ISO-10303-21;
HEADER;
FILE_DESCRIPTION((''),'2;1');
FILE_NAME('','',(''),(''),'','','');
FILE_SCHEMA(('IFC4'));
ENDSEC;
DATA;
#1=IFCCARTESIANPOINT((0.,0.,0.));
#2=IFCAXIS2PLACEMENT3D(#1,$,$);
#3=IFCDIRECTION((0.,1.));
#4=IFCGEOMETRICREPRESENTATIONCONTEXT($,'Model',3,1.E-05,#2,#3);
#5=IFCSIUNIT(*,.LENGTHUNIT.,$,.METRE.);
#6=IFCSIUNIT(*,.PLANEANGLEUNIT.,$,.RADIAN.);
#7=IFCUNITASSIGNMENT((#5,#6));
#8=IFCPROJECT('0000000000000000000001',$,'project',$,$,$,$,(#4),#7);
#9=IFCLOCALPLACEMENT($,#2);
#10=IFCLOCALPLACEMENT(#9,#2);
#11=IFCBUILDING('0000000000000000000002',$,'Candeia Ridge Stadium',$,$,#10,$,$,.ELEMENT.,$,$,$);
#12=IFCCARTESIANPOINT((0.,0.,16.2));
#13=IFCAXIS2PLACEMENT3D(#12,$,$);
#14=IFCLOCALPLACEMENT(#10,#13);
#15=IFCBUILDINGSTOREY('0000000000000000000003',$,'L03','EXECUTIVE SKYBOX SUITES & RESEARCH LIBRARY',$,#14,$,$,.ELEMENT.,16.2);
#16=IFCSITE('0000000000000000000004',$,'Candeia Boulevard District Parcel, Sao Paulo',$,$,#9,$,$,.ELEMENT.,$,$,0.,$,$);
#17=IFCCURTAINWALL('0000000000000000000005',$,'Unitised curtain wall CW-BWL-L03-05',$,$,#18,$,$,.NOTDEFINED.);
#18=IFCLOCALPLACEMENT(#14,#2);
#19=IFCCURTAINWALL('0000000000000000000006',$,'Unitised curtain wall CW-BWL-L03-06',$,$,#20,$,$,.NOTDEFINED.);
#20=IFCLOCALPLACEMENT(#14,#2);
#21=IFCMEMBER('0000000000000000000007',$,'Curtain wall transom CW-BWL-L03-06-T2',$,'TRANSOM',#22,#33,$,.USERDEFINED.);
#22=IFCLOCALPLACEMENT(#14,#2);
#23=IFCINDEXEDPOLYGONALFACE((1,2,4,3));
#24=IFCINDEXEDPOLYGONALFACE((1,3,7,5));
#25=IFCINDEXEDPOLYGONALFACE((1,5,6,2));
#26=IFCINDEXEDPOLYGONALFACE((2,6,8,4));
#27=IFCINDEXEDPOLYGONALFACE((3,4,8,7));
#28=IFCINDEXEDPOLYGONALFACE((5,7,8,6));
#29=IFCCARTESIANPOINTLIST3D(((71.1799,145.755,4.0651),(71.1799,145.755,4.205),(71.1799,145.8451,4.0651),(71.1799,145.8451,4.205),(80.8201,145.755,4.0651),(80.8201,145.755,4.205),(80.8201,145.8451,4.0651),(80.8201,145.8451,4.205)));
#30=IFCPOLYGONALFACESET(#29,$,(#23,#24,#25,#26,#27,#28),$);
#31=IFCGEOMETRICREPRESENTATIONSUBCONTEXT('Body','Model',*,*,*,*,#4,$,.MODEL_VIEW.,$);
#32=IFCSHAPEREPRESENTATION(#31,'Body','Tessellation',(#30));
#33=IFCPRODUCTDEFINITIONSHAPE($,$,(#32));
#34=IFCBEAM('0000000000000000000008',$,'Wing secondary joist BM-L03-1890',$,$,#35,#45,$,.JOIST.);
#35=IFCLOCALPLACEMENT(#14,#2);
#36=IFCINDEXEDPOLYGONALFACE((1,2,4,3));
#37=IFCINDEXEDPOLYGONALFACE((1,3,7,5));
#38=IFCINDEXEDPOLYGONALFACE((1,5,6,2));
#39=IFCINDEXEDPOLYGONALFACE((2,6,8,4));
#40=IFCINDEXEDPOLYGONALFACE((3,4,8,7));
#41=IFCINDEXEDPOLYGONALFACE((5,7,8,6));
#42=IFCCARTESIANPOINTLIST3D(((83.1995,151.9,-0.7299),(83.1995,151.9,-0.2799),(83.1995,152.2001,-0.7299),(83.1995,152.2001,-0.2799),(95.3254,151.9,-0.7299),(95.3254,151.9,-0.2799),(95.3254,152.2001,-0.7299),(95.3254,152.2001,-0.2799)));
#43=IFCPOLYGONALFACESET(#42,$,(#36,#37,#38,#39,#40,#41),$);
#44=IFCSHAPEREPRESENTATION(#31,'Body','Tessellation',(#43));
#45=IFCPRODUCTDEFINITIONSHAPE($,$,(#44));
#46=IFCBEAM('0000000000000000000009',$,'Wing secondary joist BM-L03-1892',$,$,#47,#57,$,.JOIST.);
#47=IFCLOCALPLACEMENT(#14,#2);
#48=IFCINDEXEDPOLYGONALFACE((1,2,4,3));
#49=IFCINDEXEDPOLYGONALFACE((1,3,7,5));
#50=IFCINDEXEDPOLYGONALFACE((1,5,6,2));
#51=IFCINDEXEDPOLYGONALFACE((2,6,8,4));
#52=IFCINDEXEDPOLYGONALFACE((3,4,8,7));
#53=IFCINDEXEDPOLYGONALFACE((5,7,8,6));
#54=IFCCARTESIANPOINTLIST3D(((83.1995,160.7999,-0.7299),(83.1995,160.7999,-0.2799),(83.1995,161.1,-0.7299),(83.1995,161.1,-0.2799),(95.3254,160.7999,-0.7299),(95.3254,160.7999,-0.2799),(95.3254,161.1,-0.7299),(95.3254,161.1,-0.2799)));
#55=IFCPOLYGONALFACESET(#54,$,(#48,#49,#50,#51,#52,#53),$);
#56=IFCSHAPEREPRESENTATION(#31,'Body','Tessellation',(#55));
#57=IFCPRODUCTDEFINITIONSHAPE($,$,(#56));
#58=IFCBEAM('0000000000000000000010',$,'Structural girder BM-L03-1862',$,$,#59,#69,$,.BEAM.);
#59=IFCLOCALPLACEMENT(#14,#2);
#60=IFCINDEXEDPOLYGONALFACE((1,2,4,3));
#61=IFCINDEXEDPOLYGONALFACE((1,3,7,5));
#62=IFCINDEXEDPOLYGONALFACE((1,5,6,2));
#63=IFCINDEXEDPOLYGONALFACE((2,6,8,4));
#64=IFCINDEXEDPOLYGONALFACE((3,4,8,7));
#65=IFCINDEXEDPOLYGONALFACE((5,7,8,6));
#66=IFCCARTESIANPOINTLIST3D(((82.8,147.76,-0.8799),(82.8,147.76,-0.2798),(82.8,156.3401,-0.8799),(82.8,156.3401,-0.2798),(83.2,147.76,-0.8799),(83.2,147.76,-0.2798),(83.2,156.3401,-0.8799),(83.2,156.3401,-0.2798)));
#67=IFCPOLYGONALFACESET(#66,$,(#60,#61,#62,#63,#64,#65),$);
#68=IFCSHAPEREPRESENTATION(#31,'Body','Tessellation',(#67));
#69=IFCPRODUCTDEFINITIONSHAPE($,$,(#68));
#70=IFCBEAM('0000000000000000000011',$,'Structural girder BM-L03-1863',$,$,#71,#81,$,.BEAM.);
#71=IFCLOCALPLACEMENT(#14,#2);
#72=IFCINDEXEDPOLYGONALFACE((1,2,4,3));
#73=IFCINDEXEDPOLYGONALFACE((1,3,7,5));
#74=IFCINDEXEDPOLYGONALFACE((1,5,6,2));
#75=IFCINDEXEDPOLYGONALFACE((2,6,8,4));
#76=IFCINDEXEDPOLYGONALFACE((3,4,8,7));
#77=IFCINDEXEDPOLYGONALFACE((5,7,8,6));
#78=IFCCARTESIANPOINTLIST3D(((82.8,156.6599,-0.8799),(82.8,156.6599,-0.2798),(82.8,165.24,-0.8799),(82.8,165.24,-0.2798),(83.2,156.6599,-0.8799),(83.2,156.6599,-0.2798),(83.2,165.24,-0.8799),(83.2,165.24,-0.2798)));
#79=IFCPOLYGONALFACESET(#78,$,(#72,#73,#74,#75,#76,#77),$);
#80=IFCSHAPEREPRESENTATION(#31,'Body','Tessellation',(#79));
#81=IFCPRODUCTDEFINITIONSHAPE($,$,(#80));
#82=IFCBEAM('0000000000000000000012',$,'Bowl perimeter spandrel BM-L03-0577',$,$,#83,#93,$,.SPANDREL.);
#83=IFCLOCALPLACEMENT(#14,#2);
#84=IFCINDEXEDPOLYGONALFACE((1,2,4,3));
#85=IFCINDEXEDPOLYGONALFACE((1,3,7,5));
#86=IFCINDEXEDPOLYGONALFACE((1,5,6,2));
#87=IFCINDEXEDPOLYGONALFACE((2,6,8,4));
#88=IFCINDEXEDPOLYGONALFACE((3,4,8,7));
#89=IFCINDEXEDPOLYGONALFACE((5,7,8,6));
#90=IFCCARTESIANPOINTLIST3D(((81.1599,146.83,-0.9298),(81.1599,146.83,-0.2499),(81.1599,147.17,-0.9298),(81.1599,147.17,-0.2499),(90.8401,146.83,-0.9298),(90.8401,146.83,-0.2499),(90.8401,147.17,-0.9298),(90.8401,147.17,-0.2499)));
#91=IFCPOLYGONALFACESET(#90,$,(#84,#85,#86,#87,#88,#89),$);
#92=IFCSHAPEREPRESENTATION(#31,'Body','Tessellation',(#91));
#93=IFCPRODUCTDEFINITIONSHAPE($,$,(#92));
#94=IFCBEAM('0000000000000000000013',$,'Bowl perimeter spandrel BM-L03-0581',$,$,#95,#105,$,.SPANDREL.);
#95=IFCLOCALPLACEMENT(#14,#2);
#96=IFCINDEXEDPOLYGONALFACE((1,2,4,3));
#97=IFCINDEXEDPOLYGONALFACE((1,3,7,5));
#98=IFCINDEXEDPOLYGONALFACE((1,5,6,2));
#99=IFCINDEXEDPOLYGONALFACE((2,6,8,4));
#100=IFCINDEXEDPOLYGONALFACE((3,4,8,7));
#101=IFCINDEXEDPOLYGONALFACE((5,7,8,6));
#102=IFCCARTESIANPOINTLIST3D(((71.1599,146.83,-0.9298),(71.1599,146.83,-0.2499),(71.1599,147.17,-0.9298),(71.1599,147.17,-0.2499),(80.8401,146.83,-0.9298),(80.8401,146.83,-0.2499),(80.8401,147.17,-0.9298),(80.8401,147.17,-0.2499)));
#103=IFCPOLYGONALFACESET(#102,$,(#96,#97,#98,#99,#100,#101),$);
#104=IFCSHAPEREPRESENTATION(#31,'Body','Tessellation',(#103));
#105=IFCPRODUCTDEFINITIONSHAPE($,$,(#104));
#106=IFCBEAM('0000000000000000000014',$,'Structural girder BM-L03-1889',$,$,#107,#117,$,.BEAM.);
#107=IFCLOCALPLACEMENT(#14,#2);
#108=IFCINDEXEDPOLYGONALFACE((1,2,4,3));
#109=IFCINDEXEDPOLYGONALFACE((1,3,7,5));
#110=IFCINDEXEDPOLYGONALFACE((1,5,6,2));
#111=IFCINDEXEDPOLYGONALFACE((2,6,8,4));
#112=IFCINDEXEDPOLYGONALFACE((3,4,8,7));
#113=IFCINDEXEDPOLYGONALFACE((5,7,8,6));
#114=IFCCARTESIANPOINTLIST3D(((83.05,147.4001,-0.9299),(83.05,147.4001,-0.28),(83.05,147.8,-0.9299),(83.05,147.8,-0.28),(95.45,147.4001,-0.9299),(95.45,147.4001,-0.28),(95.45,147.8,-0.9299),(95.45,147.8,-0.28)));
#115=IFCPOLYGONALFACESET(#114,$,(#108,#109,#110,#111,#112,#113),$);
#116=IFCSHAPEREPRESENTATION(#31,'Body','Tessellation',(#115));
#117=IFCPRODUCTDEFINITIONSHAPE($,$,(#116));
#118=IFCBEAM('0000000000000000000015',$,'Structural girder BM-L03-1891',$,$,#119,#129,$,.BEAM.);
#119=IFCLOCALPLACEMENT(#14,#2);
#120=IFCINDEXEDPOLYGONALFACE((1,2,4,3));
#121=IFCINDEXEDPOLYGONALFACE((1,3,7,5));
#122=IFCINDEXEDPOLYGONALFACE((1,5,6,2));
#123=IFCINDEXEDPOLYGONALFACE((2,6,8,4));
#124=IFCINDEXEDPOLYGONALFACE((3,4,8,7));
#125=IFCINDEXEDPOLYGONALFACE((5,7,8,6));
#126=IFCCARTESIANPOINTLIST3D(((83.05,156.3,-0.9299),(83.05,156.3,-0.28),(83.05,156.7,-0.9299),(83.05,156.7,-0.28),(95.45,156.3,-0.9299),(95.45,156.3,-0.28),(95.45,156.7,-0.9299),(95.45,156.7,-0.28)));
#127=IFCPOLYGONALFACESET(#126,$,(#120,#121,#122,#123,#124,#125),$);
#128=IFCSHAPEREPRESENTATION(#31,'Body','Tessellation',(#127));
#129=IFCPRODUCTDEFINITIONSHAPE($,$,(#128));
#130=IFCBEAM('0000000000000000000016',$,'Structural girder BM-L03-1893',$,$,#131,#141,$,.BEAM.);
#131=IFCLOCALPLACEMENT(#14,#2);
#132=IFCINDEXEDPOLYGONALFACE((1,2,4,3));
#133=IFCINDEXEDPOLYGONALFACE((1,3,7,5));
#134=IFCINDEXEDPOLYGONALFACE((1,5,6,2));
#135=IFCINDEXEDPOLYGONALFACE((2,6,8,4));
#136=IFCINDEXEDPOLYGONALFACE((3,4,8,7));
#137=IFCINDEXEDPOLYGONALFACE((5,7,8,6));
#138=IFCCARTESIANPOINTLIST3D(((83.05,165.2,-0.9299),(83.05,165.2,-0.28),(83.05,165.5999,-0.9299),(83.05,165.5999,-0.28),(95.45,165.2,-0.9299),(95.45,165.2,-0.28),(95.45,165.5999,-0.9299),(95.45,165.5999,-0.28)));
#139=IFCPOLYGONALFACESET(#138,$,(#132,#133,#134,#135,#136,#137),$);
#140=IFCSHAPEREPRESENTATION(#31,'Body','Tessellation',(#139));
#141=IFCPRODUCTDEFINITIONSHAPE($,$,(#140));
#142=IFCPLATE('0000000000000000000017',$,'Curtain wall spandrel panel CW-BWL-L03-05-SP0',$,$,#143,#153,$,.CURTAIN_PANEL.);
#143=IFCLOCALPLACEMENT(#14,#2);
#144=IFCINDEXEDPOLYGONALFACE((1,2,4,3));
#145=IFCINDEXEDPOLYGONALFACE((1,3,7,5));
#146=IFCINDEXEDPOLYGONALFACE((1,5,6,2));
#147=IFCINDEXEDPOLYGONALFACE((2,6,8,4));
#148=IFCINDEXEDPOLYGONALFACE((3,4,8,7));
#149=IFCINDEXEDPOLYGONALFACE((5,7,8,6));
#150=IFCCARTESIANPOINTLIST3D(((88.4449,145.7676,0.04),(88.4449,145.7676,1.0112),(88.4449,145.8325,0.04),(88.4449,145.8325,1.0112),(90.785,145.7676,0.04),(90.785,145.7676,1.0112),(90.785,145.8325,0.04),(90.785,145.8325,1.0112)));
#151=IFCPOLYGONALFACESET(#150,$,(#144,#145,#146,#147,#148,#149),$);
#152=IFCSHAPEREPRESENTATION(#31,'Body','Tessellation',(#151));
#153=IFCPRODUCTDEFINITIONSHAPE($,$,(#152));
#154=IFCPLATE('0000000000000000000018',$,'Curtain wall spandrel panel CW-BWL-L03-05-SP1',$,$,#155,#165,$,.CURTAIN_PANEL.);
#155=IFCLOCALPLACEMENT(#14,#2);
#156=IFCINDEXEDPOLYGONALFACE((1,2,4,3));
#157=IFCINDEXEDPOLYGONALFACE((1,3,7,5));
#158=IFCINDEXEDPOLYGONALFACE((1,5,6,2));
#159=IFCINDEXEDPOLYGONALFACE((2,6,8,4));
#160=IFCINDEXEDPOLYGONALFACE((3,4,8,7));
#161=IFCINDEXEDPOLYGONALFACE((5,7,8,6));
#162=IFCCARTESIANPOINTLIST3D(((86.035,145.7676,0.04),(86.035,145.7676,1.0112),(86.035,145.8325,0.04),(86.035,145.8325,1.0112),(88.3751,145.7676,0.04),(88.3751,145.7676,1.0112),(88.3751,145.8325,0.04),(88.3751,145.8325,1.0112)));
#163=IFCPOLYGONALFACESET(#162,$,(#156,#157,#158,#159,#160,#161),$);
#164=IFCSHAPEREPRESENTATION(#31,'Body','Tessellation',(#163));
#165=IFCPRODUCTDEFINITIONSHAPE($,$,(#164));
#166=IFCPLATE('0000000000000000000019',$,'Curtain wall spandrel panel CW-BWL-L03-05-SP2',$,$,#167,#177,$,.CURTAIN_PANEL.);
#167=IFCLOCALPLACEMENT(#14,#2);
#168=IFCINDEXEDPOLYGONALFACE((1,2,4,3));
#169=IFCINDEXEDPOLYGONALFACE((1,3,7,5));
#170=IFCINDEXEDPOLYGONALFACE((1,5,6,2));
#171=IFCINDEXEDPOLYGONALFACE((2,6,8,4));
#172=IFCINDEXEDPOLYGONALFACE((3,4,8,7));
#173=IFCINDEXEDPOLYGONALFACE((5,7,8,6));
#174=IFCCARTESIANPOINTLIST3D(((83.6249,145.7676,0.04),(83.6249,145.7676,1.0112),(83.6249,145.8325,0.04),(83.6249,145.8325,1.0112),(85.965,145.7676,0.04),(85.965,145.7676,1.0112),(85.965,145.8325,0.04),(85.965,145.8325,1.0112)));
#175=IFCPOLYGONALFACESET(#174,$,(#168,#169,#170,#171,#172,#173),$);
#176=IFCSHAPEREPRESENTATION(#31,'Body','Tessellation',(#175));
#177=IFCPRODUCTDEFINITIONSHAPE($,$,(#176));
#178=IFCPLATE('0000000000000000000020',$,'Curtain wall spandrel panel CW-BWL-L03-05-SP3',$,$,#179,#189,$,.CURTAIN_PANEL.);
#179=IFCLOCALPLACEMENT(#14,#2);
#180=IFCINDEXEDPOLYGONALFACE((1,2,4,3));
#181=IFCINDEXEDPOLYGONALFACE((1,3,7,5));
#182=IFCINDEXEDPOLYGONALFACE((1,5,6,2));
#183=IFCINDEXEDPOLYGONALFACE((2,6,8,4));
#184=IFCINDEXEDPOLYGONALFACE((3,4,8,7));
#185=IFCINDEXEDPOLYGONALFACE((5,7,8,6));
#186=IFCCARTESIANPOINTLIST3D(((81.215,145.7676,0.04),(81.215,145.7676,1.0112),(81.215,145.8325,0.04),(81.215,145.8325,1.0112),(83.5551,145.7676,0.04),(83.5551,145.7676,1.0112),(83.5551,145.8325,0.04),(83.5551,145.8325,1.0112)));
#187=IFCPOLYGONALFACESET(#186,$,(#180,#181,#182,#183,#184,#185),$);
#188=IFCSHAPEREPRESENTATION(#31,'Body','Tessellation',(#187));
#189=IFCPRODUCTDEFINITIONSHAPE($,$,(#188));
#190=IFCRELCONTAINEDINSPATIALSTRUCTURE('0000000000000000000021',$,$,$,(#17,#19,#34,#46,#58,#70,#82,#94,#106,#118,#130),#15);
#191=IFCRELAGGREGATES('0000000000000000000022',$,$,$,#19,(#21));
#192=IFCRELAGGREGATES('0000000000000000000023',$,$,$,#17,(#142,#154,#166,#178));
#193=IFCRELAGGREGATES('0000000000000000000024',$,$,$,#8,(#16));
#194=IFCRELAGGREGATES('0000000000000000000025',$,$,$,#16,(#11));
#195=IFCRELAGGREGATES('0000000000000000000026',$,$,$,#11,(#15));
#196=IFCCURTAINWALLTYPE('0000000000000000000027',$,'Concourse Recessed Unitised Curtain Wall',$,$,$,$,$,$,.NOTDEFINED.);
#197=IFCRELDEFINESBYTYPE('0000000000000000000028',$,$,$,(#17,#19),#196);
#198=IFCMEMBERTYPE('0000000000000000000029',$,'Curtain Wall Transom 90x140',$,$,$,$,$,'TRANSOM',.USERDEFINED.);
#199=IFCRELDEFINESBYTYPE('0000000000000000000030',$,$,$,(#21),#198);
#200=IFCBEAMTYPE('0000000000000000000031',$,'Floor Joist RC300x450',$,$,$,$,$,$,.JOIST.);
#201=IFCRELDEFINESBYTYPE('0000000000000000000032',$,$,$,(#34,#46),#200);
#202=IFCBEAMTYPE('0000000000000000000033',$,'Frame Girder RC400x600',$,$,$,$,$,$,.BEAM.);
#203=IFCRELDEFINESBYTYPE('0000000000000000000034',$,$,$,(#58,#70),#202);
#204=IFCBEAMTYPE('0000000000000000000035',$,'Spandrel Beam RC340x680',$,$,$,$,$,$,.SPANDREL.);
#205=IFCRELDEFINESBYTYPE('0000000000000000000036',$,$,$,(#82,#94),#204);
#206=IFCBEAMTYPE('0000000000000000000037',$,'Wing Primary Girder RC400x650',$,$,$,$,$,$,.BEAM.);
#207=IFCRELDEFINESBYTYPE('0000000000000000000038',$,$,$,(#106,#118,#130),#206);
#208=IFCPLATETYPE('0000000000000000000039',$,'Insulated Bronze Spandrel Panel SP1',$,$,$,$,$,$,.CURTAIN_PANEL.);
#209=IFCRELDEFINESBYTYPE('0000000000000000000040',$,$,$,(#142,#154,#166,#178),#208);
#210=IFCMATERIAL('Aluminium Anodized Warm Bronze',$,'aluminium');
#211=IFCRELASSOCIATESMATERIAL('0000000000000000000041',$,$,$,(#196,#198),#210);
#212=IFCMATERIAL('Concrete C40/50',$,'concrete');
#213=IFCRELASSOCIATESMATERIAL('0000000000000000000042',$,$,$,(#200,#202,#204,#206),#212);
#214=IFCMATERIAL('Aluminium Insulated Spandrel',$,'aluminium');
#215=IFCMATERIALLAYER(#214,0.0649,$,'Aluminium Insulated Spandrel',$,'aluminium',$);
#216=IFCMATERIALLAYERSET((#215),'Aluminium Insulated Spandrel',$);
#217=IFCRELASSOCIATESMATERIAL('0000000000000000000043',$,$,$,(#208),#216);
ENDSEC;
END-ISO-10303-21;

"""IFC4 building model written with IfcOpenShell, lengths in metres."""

from ifc_helpers import new_model, si_unit, direction, frame, origin, origin_2d, place, context, subcontext, project, spatial, rectangle, extrude, material, layer, layer_set, material_profile, profile_set, type_object, element, aggregate, save


model = new_model("IFC4")

# Units and contexts
model_context = context("Model", 3, precision=1e-05, world=origin(), true_north=direction((0.0, 1.0)))
body_context = subcontext(model_context, "Body", "Model", "MODEL_VIEW")
ifc_project = project(units=[si_unit("LENGTHUNIT", "METRE"), si_unit("PLANEANGLEUNIT", "RADIAN")], contexts=[model_context])

# Site, building, storey
site_placement = place(None, origin())
site = spatial("IfcSite", under=ifc_project, at=site_placement, Name="Candeia Boulevard District Parcel, Sao Paulo", CompositionType="ELEMENT", RefElevation=0.0)
building_placement = place(site_placement, origin())
building = spatial("IfcBuilding", under=site, at=building_placement, Name="Candeia Ridge Stadium", CompositionType="ELEMENT")
storey_placement = place(building_placement, frame((0.0, 0.0, 16.2)))
storey = spatial("IfcBuildingStorey", under=building, at=storey_placement, Name="L03", Description="EXECUTIVE SKYBOX SUITES & RESEARCH LIBRARY", CompositionType="ELEMENT", Elevation=16.2)

# Shared definitions
ifc_material_1 = material(Name="Concrete C40/50", Category="concrete")

# Shared definitions
ifc_material_2 = material(Name="Aluminium Anodized Warm Bronze", Category="aluminium")
curtain_wall_type = type_object("IfcCurtainWallType", Name="Concourse Recessed Unitised Curtain Wall", PredefinedType="NOTDEFINED", material=ifc_material_2)

# Curtain wall
curtain_wall_1_placement = place(storey_placement, origin())
curtain_wall_1 = element("IfcCurtainWall", 1, at=curtain_wall_1_placement, inside=storey, type_object=curtain_wall_type, Name="Unitised curtain wall CW-BWL-L03-05", PredefinedType="NOTDEFINED")

# Curtain wall
curtain_wall_2_placement = place(storey_placement, origin())
curtain_wall_2 = element("IfcCurtainWall", 2, at=curtain_wall_2_placement, inside=storey, type_object=curtain_wall_type, Name="Unitised curtain wall CW-BWL-L03-06", PredefinedType="NOTDEFINED")

# Member
ifc_material_profile_1 = material_profile(ifc_material_2, rectangle(XDim=0.0901, YDim=0.1399, at=origin_2d()), Name="CWT-90x140", Category="aluminium")
ifc_profile_set_1 = profile_set([ifc_material_profile_1], Name="Aluminium Anodized Warm Bronze")
member_type_1 = type_object("IfcMemberType", Name="Curtain Wall Transom 90x140", ElementType="TRANSOM", PredefinedType="USERDEFINED", material=ifc_profile_set_1)
member_1_placement = place(storey_placement, frame((80.8201, 145.8, 4.135), z_axis=(-1.0, 0.0, 0.0), x_axis=(0.0, -1.0, 0.0)))
member_1 = element("IfcMember", 3, at=member_1_placement, type_object=member_type_1, Name="Curtain wall transom CW-BWL-L03-06-T2", ObjectType="TRANSOM", PredefinedType="USERDEFINED", context=body_context, shape_type="SweptSolid", body=[
    extrude(rectangle(XDim=0.0901, YDim=0.1399, at=origin_2d()), origin(), (0.0, 0.0, 1.0), 9.6401),
])
aggregate(curtain_wall_2, [member_1])

# Beams
ifc_material_profile_2 = material_profile(ifc_material_1, rectangle(XDim=0.3, YDim=0.45, at=origin_2d()), Name="RC300x450", Category="concrete")
ifc_profile_set_2 = profile_set([ifc_material_profile_2], Name="Concrete C40/50")
beam_type_1 = type_object("IfcBeamType", Name="Floor Joist RC300x450", PredefinedType="JOIST", material=ifc_profile_set_2)
for number, where, z_axis, x_axis, name in (
    (4, (83.1995, 152.05, -0.5049), (1.0, 0.0, 0.0), (0.0, 1.0, 0.0), "Wing secondary joist BM-L03-1890"),
    (5, (83.1995, 160.95, -0.5049), (1.0, 0.0, 0.0), (0.0, 1.0, 0.0), "Wing secondary joist BM-L03-1892"),
):
    element("IfcBeam", number, at=place(storey_placement, frame(where, z_axis=z_axis, x_axis=x_axis)), inside=storey, type_object=beam_type_1, Name=name, PredefinedType="JOIST", context=body_context, shape_type="SweptSolid", body=[
        extrude(rectangle(XDim=0.3, YDim=0.45, at=origin_2d()), origin(), (0.0, 0.0, 1.0), 12.126),
    ])
ifc_material_profile_3 = material_profile(ifc_material_1, rectangle(XDim=0.3999, YDim=0.6001, at=origin_2d()), Name="RC400x600", Category="concrete")
ifc_profile_set_3 = profile_set([ifc_material_profile_3], Name="Concrete C40/50")
beam_type_2 = type_object("IfcBeamType", Name="Frame Girder RC400x600", PredefinedType="BEAM", material=ifc_profile_set_3)
for number, where, z_axis, x_axis, name in (
    (6, (83.0, 147.76, -0.5798), (0.0, 1.0, 0.0), (-1.0, 0.0, 0.0), "Structural girder BM-L03-1862"),
    (7, (83.0, 156.6599, -0.5798), (0.0, 1.0, 0.0), (-1.0, 0.0, 0.0), "Structural girder BM-L03-1863"),
):
    element("IfcBeam", number, at=place(storey_placement, frame(where, z_axis=z_axis, x_axis=x_axis)), inside=storey, type_object=beam_type_2, Name=name, PredefinedType="BEAM", context=body_context, shape_type="SweptSolid", body=[
        extrude(rectangle(XDim=0.3999, YDim=0.6001, at=origin_2d()), origin(), (0.0, 0.0, 1.0), 8.5801),
    ])
ifc_material_profile_4 = material_profile(ifc_material_1, rectangle(XDim=0.3401, YDim=0.6799, at=origin_2d()), Name="RC340x680", Category="concrete")
ifc_profile_set_4 = profile_set([ifc_material_profile_4], Name="Concrete C40/50")
beam_type_3 = type_object("IfcBeamType", Name="Spandrel Beam RC340x680", PredefinedType="SPANDREL", material=ifc_profile_set_4)
for number, where, z_axis, x_axis, name in (
    (8, (90.8401, 147.0, -0.5898), (-1.0, 0.0, 0.0), (0.0, -1.0, 0.0), "Bowl perimeter spandrel BM-L03-0577"),
    (9, (80.8401, 147.0, -0.5898), (-1.0, 0.0, 0.0), (0.0, -1.0, 0.0), "Bowl perimeter spandrel BM-L03-0581"),
):
    element("IfcBeam", number, at=place(storey_placement, frame(where, z_axis=z_axis, x_axis=x_axis)), inside=storey, type_object=beam_type_3, Name=name, PredefinedType="SPANDREL", context=body_context, shape_type="SweptSolid", body=[
        extrude(rectangle(XDim=0.3401, YDim=0.6799, at=origin_2d()), origin(), (0.0, 0.0, 1.0), 9.6802),
    ])
ifc_material_profile_5 = material_profile(ifc_material_1, rectangle(XDim=0.3999, YDim=0.6499, at=origin_2d()), Name="RC400x650", Category="concrete")
ifc_profile_set_5 = profile_set([ifc_material_profile_5], Name="Concrete C40/50")
beam_type_4 = type_object("IfcBeamType", Name="Wing Primary Girder RC400x650", PredefinedType="BEAM", material=ifc_profile_set_5)
for number, where, z_axis, x_axis, name in (
    (10, (83.05, 147.6001, -0.605), (1.0, 0.0, 0.0), (0.0, 1.0, 0.0), "Structural girder BM-L03-1889"),
    (11, (83.05, 156.5, -0.605), (1.0, 0.0, 0.0), (0.0, 1.0, 0.0), "Structural girder BM-L03-1891"),
    (12, (83.05, 165.3999, -0.605), (1.0, 0.0, 0.0), (0.0, 1.0, 0.0), "Structural girder BM-L03-1893"),
):
    element("IfcBeam", number, at=place(storey_placement, frame(where, z_axis=z_axis, x_axis=x_axis)), inside=storey, type_object=beam_type_4, Name=name, PredefinedType="BEAM", context=body_context, shape_type="SweptSolid", body=[
        extrude(rectangle(XDim=0.3999, YDim=0.6499, at=origin_2d()), origin(), (0.0, 0.0, 1.0), 12.3999),
    ])

# Plates
ifc_material_3 = material(Name="Aluminium Insulated Spandrel", Category="aluminium")
ifc_layer_1 = layer(ifc_material_3, 0.0649, Name="Aluminium Insulated Spandrel", Category="aluminium")
ifc_layer_set_1 = layer_set([ifc_layer_1], Name="Aluminium Insulated Spandrel")
plate_type_1 = type_object("IfcPlateType", Name="Insulated Bronze Spandrel Panel SP1", PredefinedType="CURTAIN_PANEL", material=ifc_layer_set_1)
plate_1_placement = place(storey_placement, frame((89.615, 145.8, 0.04), z_axis=(0.0, 0.0, 1.0), x_axis=(-1.0, 0.0, 0.0)))
plate_1 = element("IfcPlate", 13, at=plate_1_placement, type_object=plate_type_1, Name="Curtain wall spandrel panel CW-BWL-L03-05-SP0", PredefinedType="CURTAIN_PANEL", context=body_context, shape_type="SweptSolid", body=[
    extrude(rectangle(XDim=2.3401, YDim=0.0649, at=origin_2d()), origin(), (0.0, 0.0, 1.0), 0.9712),
])
plate_2_placement = place(storey_placement, frame((87.2051, 145.8, 0.04), z_axis=(0.0, 0.0, 1.0), x_axis=(-1.0, 0.0, 0.0)))
plate_2 = element("IfcPlate", 14, at=plate_2_placement, type_object=plate_type_1, Name="Curtain wall spandrel panel CW-BWL-L03-05-SP1", PredefinedType="CURTAIN_PANEL", context=body_context, shape_type="SweptSolid", body=[
    extrude(rectangle(XDim=2.3401, YDim=0.0649, at=origin_2d()), origin(), (0.0, 0.0, 1.0), 0.9712),
])
plate_3_placement = place(storey_placement, frame((84.7949, 145.8, 0.04), z_axis=(0.0, 0.0, 1.0), x_axis=(-1.0, 0.0, 0.0)))
plate_3 = element("IfcPlate", 15, at=plate_3_placement, type_object=plate_type_1, Name="Curtain wall spandrel panel CW-BWL-L03-05-SP2", PredefinedType="CURTAIN_PANEL", context=body_context, shape_type="SweptSolid", body=[
    extrude(rectangle(XDim=2.3401, YDim=0.0649, at=origin_2d()), origin(), (0.0, 0.0, 1.0), 0.9712),
])
plate_4_placement = place(storey_placement, frame((82.385, 145.8, 0.04), z_axis=(0.0, 0.0, 1.0), x_axis=(-1.0, 0.0, 0.0)))
plate_4 = element("IfcPlate", 16, at=plate_4_placement, type_object=plate_type_1, Name="Curtain wall spandrel panel CW-BWL-L03-05-SP3", PredefinedType="CURTAIN_PANEL", context=body_context, shape_type="SweptSolid", body=[
    extrude(rectangle(XDim=2.3401, YDim=0.0649, at=origin_2d()), origin(), (0.0, 0.0, 1.0), 0.9712),
])
aggregate(curtain_wall_1, [plate_1, plate_2, plate_3, plate_4])

save(model, "model.ifc")
